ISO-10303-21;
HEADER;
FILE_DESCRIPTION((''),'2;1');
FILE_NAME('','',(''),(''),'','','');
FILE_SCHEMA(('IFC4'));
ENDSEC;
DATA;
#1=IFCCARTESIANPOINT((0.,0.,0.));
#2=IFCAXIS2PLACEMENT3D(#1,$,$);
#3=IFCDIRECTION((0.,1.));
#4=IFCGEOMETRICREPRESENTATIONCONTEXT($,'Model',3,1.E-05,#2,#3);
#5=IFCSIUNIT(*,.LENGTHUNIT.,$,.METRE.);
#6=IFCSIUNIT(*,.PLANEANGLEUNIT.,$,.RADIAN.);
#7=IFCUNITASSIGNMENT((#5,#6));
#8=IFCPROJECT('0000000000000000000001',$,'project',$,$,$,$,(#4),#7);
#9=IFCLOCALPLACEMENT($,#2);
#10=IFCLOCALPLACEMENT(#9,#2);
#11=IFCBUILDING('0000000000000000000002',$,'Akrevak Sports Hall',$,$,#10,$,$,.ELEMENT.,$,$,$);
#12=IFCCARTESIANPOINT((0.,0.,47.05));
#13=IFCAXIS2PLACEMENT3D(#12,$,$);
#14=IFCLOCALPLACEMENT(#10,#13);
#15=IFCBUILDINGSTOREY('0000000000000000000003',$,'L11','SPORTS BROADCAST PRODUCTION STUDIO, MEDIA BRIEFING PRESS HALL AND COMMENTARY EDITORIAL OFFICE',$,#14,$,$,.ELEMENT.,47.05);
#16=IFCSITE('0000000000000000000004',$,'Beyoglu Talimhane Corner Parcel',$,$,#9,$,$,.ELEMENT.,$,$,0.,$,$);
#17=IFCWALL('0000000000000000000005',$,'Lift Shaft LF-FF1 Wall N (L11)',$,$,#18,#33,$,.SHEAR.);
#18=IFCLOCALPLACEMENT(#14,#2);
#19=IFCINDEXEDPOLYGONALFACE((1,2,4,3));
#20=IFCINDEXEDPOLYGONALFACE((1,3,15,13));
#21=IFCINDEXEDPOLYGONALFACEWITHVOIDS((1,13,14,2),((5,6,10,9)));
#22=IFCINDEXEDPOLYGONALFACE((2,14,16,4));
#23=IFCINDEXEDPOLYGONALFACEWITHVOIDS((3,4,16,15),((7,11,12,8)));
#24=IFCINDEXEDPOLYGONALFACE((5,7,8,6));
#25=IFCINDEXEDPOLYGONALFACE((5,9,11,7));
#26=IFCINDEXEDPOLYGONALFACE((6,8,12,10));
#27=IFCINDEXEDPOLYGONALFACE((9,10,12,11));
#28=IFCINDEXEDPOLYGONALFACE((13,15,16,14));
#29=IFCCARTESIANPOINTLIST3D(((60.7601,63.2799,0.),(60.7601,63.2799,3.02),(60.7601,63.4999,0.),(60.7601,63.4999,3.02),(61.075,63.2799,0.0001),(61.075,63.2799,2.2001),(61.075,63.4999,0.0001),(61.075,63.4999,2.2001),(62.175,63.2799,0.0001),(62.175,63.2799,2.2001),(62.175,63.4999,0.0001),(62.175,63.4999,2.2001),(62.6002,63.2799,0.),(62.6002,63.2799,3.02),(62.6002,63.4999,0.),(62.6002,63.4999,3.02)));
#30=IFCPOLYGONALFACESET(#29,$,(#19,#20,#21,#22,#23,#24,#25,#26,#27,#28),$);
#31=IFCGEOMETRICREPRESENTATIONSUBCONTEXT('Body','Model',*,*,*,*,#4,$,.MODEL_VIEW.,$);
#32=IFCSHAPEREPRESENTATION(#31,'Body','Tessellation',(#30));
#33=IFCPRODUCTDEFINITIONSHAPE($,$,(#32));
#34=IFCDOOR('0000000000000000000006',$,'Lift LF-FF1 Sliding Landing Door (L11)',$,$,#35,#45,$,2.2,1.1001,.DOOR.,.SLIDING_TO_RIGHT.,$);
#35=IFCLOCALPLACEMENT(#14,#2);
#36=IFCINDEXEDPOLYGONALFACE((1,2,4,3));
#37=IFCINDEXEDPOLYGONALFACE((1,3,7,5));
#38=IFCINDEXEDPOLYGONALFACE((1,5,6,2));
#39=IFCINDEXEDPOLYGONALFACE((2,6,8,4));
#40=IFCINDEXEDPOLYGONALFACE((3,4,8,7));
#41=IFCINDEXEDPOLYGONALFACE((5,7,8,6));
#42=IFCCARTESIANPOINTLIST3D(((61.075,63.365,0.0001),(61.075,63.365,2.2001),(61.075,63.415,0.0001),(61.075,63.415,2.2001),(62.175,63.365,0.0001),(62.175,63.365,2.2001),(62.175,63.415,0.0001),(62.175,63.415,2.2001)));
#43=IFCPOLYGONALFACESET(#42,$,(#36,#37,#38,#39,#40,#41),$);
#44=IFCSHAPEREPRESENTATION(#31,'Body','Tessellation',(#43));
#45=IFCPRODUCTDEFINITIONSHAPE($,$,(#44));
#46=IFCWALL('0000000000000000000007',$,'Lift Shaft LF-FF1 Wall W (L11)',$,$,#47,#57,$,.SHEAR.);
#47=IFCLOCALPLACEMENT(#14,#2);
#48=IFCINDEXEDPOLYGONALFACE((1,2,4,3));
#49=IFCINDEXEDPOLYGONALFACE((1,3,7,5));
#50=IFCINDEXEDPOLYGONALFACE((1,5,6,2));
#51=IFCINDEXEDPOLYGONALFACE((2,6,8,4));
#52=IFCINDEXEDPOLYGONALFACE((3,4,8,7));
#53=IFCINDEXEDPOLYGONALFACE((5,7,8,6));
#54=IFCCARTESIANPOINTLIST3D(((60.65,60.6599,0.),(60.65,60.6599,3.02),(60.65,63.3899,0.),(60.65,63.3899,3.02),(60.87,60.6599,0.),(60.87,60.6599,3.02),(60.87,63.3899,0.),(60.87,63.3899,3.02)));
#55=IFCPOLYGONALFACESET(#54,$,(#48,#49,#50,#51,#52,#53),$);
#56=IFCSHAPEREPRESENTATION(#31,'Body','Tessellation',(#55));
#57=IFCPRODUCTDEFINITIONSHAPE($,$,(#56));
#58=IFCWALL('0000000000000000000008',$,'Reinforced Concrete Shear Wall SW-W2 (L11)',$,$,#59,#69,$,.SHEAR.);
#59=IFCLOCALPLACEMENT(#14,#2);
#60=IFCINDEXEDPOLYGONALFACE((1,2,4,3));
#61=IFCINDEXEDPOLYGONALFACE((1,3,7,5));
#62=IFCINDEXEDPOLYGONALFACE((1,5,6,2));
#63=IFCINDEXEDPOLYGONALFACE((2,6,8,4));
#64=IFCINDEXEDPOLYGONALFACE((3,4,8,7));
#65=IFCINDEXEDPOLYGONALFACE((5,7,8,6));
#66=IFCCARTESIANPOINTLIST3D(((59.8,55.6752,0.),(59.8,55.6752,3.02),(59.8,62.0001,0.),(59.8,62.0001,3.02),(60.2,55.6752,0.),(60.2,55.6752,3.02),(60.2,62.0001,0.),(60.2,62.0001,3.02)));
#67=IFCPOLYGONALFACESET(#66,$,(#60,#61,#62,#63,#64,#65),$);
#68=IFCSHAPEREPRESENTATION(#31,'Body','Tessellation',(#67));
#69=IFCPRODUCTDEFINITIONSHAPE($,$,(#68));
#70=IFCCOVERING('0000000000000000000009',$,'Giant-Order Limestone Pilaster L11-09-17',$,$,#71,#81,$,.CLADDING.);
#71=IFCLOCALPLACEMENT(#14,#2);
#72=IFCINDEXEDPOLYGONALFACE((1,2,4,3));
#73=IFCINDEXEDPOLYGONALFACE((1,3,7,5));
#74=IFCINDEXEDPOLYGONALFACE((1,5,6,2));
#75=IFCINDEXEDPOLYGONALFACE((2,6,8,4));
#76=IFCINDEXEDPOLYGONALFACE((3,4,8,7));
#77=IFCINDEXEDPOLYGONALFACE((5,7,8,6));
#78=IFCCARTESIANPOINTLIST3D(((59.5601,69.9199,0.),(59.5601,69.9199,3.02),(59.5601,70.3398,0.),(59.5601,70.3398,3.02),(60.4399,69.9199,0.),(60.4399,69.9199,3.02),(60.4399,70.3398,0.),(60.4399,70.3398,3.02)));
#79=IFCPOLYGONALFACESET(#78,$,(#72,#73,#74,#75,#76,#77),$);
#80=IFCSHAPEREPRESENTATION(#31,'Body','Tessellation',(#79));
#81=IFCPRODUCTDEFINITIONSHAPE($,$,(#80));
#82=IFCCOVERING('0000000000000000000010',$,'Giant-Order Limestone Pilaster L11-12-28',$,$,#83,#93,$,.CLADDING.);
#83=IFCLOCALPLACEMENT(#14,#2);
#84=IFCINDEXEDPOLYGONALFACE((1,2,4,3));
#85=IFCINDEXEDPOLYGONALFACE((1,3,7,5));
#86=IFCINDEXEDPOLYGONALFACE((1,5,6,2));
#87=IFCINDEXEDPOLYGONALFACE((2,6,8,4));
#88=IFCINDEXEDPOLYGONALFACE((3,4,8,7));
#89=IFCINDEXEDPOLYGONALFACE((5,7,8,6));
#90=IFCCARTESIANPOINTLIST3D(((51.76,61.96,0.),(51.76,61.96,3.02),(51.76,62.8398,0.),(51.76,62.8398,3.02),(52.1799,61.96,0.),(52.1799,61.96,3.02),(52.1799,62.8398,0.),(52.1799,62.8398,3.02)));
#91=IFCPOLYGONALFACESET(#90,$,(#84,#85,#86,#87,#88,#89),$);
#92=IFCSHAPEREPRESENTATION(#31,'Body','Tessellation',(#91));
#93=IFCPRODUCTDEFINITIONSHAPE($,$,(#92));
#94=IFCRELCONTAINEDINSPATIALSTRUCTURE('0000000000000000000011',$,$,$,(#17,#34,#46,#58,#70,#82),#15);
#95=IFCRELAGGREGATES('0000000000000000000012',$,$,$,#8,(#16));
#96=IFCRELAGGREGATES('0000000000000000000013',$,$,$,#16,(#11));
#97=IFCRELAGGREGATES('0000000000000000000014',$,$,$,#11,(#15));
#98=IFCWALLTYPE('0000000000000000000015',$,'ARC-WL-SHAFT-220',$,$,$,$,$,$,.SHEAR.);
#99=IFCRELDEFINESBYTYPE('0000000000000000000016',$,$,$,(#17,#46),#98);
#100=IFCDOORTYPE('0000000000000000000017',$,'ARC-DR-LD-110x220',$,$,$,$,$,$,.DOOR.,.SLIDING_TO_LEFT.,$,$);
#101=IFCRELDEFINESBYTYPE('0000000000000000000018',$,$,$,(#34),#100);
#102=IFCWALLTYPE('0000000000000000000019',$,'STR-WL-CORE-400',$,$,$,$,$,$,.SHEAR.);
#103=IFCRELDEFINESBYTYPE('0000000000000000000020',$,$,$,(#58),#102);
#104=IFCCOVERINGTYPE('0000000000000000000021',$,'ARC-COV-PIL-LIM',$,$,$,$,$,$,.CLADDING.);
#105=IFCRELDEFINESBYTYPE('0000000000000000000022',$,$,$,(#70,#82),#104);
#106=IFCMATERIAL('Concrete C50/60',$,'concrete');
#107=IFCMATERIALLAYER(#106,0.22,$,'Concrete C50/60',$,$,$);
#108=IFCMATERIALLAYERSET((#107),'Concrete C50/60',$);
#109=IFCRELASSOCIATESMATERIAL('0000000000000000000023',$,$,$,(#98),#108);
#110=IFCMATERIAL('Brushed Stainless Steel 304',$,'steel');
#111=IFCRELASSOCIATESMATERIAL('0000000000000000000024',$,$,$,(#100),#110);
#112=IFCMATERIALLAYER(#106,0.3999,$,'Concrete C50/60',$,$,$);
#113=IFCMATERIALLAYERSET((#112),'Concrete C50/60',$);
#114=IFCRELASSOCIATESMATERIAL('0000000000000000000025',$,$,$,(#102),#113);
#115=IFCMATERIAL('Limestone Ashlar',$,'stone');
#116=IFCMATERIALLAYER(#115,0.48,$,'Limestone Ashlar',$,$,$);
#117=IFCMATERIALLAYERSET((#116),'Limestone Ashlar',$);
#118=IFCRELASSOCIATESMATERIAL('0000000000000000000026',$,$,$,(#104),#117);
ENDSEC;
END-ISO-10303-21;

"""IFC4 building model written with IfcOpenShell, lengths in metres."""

from ifc_helpers import new_model, si_unit, direction, frame, frame_2d, origin, origin_2d, place, context, subcontext, project, spatial, rectangle, extrude, material, layer, layer_set, type_object, element, fill, save


model = new_model("IFC4")

# Units and contexts
model_context = context("Model", 3, precision=1e-05, world=origin(), true_north=direction((0.0, 1.0)))
body_context = subcontext(model_context, "Body", "Model", "MODEL_VIEW")
ifc_project = project(units=[si_unit("LENGTHUNIT", "METRE"), si_unit("PLANEANGLEUNIT", "RADIAN")], contexts=[model_context])

# Site, building, storey
site_placement = place(None, origin())
site = spatial("IfcSite", under=ifc_project, at=site_placement, Name="Beyoglu Talimhane Corner Parcel", CompositionType="ELEMENT", RefElevation=0.0)
building_placement = place(site_placement, origin())
building = spatial("IfcBuilding", under=site, at=building_placement, Name="Akrevak Sports Hall", CompositionType="ELEMENT")
storey_placement = place(building_placement, frame((0.0, 0.0, 47.05)))
storey = spatial("IfcBuildingStorey", under=building, at=storey_placement, Name="L11", Description="SPORTS BROADCAST PRODUCTION STUDIO, MEDIA BRIEFING PRESS HALL AND COMMENTARY EDITORIAL OFFICE", CompositionType="ELEMENT", Elevation=47.05)

# Shared definitions
ifc_material_1 = material(Name="Limestone Ashlar", Category="stone")

# Shared definitions
ifc_material_2 = material(Name="Concrete C50/60", Category="concrete")
ifc_layer_1 = layer(ifc_material_2, 0.22, Name="Concrete C50/60")
ifc_layer_set_1 = layer_set([ifc_layer_1], Name="Concrete C50/60")
wall_type_1 = type_object("IfcWallType", Name="ARC-WL-SHAFT-220", PredefinedType="SHEAR", material=ifc_layer_set_1)

# Wall, opening, door
wall_1_placement = place(storey_placement, frame((62.6001, 63.3899, 0.0), z_axis=(0.0, 0.0, 1.0), x_axis=(-1.0, 0.0, 0.0)))
wall_1 = element("IfcWall", 1, at=wall_1_placement, inside=storey, type_object=wall_type_1, Name="Lift Shaft LF-FF1 Wall N (L11)", PredefinedType="SHEAR", context=body_context, shape_type="SweptSolid", body=[
    extrude(rectangle(XDim=1.8401, YDim=0.22, at=frame_2d((0.9199, 0.0))), origin(), (0.0, 0.0, 1.0), 3.02),
])
opening_1_placement = place(wall_1_placement, frame((0.425, 0.0, 0.0)))
opening_1 = element("IfcOpeningElement", 2, at=opening_1_placement, cuts=wall_1, PredefinedType="OPENING", context=body_context, shape_type="SweptSolid", body=[
    extrude(rectangle(XDim=1.1001, YDim=2.2, at=frame_2d((0.55, 1.1001))), frame((0.0, 0.1221, 0.0), z_axis=(0.0, -1.0, 0.0), x_axis=(1.0, 0.0, 0.0)), (0.0, 0.0, 1.0), 0.2439),
])
ifc_material_3 = material(Name="Brushed Stainless Steel 304", Category="steel")
door_type_1 = type_object("IfcDoorType", Name="ARC-DR-LD-110x220", OperationType="SLIDING_TO_LEFT", PredefinedType="DOOR", material=ifc_material_3)
door_1_placement = place(opening_1_placement, origin())
door_1 = element("IfcDoor", 3, at=door_1_placement, inside=storey, type_object=door_type_1, Name="Lift LF-FF1 Sliding Landing Door (L11)", OperationType="SLIDING_TO_RIGHT", OverallHeight=2.2, OverallWidth=1.1001, PredefinedType="DOOR", context=body_context, shape_type="SweptSolid", body=[
    extrude(rectangle(XDim=1.1001, YDim=2.2, at=frame_2d((0.55, 1.1001))), frame((0.0, 0.0249, 0.0), z_axis=(0.0, -1.0, 0.0), x_axis=(1.0, 0.0, 0.0)), (0.0, 0.0, 1.0), 0.05),
])
fill(opening_1, door_1)

# Walls
wall_2_placement = place(storey_placement, frame((60.76, 63.3899, 0.0), z_axis=(0.0, 0.0, 1.0), x_axis=(0.0, -1.0, 0.0)))
element("IfcWall", 4, at=wall_2_placement, inside=storey, type_object=wall_type_1, Name="Lift Shaft LF-FF1 Wall W (L11)", PredefinedType="SHEAR", context=body_context, shape_type="SweptSolid", body=[
    extrude(rectangle(XDim=2.73, YDim=0.22, at=frame_2d((1.365, 0.0))), origin(), (0.0, 0.0, 1.0), 3.02),
])
ifc_layer_2 = layer(ifc_material_2, 0.3999, Name="Concrete C50/60")
ifc_layer_set_2 = layer_set([ifc_layer_2], Name="Concrete C50/60")
wall_type_2 = type_object("IfcWallType", Name="STR-WL-CORE-400", PredefinedType="SHEAR", material=ifc_layer_set_2)
wall_3_placement = place(storey_placement, frame((60.0, 55.675, 0.0), z_axis=(0.0, 0.0, 1.0), x_axis=(0.0, 1.0, 0.0)))
element("IfcWall", 5, at=wall_3_placement, inside=storey, type_object=wall_type_2, Name="Reinforced Concrete Shear Wall SW-W2 (L11)", PredefinedType="SHEAR", context=body_context, shape_type="SweptSolid", body=[
    extrude(rectangle(XDim=6.325, YDim=0.3999, at=frame_2d((3.1626, 0.0))), origin(), (0.0, 0.0, 1.0), 3.02),
])

# Coverings
ifc_layer_3 = layer(ifc_material_1, 0.48, Name="Limestone Ashlar")
ifc_layer_set_3 = layer_set([ifc_layer_3], Name="Limestone Ashlar")
covering_type = type_object("IfcCoveringType", Name="ARC-COV-PIL-LIM", PredefinedType="CLADDING", material=ifc_layer_set_3)
for number, where, z_axis, x_axis, name in (
    (6, (60.0, 70.1299, 0.0), (0.0, 0.0, 1.0), (-1.0, 0.0, 0.0), "Giant-Order Limestone Pilaster L11-09-17"),
    (7, (51.97, 62.3999, 0.0), (0.0, 0.0, 1.0), (0.0, -1.0, 0.0), "Giant-Order Limestone Pilaster L11-12-28"),
):
    element("IfcCovering", number, at=place(storey_placement, frame(where, z_axis=z_axis, x_axis=x_axis)), inside=storey, type_object=covering_type, Name=name, PredefinedType="CLADDING", context=body_context, shape_type="SweptSolid", body=[
        extrude(rectangle(XDim=0.8799, YDim=0.4199, at=origin_2d()), origin(), (0.0, 0.0, 1.0), 3.02),
    ])

save(model, "model.ifc")
